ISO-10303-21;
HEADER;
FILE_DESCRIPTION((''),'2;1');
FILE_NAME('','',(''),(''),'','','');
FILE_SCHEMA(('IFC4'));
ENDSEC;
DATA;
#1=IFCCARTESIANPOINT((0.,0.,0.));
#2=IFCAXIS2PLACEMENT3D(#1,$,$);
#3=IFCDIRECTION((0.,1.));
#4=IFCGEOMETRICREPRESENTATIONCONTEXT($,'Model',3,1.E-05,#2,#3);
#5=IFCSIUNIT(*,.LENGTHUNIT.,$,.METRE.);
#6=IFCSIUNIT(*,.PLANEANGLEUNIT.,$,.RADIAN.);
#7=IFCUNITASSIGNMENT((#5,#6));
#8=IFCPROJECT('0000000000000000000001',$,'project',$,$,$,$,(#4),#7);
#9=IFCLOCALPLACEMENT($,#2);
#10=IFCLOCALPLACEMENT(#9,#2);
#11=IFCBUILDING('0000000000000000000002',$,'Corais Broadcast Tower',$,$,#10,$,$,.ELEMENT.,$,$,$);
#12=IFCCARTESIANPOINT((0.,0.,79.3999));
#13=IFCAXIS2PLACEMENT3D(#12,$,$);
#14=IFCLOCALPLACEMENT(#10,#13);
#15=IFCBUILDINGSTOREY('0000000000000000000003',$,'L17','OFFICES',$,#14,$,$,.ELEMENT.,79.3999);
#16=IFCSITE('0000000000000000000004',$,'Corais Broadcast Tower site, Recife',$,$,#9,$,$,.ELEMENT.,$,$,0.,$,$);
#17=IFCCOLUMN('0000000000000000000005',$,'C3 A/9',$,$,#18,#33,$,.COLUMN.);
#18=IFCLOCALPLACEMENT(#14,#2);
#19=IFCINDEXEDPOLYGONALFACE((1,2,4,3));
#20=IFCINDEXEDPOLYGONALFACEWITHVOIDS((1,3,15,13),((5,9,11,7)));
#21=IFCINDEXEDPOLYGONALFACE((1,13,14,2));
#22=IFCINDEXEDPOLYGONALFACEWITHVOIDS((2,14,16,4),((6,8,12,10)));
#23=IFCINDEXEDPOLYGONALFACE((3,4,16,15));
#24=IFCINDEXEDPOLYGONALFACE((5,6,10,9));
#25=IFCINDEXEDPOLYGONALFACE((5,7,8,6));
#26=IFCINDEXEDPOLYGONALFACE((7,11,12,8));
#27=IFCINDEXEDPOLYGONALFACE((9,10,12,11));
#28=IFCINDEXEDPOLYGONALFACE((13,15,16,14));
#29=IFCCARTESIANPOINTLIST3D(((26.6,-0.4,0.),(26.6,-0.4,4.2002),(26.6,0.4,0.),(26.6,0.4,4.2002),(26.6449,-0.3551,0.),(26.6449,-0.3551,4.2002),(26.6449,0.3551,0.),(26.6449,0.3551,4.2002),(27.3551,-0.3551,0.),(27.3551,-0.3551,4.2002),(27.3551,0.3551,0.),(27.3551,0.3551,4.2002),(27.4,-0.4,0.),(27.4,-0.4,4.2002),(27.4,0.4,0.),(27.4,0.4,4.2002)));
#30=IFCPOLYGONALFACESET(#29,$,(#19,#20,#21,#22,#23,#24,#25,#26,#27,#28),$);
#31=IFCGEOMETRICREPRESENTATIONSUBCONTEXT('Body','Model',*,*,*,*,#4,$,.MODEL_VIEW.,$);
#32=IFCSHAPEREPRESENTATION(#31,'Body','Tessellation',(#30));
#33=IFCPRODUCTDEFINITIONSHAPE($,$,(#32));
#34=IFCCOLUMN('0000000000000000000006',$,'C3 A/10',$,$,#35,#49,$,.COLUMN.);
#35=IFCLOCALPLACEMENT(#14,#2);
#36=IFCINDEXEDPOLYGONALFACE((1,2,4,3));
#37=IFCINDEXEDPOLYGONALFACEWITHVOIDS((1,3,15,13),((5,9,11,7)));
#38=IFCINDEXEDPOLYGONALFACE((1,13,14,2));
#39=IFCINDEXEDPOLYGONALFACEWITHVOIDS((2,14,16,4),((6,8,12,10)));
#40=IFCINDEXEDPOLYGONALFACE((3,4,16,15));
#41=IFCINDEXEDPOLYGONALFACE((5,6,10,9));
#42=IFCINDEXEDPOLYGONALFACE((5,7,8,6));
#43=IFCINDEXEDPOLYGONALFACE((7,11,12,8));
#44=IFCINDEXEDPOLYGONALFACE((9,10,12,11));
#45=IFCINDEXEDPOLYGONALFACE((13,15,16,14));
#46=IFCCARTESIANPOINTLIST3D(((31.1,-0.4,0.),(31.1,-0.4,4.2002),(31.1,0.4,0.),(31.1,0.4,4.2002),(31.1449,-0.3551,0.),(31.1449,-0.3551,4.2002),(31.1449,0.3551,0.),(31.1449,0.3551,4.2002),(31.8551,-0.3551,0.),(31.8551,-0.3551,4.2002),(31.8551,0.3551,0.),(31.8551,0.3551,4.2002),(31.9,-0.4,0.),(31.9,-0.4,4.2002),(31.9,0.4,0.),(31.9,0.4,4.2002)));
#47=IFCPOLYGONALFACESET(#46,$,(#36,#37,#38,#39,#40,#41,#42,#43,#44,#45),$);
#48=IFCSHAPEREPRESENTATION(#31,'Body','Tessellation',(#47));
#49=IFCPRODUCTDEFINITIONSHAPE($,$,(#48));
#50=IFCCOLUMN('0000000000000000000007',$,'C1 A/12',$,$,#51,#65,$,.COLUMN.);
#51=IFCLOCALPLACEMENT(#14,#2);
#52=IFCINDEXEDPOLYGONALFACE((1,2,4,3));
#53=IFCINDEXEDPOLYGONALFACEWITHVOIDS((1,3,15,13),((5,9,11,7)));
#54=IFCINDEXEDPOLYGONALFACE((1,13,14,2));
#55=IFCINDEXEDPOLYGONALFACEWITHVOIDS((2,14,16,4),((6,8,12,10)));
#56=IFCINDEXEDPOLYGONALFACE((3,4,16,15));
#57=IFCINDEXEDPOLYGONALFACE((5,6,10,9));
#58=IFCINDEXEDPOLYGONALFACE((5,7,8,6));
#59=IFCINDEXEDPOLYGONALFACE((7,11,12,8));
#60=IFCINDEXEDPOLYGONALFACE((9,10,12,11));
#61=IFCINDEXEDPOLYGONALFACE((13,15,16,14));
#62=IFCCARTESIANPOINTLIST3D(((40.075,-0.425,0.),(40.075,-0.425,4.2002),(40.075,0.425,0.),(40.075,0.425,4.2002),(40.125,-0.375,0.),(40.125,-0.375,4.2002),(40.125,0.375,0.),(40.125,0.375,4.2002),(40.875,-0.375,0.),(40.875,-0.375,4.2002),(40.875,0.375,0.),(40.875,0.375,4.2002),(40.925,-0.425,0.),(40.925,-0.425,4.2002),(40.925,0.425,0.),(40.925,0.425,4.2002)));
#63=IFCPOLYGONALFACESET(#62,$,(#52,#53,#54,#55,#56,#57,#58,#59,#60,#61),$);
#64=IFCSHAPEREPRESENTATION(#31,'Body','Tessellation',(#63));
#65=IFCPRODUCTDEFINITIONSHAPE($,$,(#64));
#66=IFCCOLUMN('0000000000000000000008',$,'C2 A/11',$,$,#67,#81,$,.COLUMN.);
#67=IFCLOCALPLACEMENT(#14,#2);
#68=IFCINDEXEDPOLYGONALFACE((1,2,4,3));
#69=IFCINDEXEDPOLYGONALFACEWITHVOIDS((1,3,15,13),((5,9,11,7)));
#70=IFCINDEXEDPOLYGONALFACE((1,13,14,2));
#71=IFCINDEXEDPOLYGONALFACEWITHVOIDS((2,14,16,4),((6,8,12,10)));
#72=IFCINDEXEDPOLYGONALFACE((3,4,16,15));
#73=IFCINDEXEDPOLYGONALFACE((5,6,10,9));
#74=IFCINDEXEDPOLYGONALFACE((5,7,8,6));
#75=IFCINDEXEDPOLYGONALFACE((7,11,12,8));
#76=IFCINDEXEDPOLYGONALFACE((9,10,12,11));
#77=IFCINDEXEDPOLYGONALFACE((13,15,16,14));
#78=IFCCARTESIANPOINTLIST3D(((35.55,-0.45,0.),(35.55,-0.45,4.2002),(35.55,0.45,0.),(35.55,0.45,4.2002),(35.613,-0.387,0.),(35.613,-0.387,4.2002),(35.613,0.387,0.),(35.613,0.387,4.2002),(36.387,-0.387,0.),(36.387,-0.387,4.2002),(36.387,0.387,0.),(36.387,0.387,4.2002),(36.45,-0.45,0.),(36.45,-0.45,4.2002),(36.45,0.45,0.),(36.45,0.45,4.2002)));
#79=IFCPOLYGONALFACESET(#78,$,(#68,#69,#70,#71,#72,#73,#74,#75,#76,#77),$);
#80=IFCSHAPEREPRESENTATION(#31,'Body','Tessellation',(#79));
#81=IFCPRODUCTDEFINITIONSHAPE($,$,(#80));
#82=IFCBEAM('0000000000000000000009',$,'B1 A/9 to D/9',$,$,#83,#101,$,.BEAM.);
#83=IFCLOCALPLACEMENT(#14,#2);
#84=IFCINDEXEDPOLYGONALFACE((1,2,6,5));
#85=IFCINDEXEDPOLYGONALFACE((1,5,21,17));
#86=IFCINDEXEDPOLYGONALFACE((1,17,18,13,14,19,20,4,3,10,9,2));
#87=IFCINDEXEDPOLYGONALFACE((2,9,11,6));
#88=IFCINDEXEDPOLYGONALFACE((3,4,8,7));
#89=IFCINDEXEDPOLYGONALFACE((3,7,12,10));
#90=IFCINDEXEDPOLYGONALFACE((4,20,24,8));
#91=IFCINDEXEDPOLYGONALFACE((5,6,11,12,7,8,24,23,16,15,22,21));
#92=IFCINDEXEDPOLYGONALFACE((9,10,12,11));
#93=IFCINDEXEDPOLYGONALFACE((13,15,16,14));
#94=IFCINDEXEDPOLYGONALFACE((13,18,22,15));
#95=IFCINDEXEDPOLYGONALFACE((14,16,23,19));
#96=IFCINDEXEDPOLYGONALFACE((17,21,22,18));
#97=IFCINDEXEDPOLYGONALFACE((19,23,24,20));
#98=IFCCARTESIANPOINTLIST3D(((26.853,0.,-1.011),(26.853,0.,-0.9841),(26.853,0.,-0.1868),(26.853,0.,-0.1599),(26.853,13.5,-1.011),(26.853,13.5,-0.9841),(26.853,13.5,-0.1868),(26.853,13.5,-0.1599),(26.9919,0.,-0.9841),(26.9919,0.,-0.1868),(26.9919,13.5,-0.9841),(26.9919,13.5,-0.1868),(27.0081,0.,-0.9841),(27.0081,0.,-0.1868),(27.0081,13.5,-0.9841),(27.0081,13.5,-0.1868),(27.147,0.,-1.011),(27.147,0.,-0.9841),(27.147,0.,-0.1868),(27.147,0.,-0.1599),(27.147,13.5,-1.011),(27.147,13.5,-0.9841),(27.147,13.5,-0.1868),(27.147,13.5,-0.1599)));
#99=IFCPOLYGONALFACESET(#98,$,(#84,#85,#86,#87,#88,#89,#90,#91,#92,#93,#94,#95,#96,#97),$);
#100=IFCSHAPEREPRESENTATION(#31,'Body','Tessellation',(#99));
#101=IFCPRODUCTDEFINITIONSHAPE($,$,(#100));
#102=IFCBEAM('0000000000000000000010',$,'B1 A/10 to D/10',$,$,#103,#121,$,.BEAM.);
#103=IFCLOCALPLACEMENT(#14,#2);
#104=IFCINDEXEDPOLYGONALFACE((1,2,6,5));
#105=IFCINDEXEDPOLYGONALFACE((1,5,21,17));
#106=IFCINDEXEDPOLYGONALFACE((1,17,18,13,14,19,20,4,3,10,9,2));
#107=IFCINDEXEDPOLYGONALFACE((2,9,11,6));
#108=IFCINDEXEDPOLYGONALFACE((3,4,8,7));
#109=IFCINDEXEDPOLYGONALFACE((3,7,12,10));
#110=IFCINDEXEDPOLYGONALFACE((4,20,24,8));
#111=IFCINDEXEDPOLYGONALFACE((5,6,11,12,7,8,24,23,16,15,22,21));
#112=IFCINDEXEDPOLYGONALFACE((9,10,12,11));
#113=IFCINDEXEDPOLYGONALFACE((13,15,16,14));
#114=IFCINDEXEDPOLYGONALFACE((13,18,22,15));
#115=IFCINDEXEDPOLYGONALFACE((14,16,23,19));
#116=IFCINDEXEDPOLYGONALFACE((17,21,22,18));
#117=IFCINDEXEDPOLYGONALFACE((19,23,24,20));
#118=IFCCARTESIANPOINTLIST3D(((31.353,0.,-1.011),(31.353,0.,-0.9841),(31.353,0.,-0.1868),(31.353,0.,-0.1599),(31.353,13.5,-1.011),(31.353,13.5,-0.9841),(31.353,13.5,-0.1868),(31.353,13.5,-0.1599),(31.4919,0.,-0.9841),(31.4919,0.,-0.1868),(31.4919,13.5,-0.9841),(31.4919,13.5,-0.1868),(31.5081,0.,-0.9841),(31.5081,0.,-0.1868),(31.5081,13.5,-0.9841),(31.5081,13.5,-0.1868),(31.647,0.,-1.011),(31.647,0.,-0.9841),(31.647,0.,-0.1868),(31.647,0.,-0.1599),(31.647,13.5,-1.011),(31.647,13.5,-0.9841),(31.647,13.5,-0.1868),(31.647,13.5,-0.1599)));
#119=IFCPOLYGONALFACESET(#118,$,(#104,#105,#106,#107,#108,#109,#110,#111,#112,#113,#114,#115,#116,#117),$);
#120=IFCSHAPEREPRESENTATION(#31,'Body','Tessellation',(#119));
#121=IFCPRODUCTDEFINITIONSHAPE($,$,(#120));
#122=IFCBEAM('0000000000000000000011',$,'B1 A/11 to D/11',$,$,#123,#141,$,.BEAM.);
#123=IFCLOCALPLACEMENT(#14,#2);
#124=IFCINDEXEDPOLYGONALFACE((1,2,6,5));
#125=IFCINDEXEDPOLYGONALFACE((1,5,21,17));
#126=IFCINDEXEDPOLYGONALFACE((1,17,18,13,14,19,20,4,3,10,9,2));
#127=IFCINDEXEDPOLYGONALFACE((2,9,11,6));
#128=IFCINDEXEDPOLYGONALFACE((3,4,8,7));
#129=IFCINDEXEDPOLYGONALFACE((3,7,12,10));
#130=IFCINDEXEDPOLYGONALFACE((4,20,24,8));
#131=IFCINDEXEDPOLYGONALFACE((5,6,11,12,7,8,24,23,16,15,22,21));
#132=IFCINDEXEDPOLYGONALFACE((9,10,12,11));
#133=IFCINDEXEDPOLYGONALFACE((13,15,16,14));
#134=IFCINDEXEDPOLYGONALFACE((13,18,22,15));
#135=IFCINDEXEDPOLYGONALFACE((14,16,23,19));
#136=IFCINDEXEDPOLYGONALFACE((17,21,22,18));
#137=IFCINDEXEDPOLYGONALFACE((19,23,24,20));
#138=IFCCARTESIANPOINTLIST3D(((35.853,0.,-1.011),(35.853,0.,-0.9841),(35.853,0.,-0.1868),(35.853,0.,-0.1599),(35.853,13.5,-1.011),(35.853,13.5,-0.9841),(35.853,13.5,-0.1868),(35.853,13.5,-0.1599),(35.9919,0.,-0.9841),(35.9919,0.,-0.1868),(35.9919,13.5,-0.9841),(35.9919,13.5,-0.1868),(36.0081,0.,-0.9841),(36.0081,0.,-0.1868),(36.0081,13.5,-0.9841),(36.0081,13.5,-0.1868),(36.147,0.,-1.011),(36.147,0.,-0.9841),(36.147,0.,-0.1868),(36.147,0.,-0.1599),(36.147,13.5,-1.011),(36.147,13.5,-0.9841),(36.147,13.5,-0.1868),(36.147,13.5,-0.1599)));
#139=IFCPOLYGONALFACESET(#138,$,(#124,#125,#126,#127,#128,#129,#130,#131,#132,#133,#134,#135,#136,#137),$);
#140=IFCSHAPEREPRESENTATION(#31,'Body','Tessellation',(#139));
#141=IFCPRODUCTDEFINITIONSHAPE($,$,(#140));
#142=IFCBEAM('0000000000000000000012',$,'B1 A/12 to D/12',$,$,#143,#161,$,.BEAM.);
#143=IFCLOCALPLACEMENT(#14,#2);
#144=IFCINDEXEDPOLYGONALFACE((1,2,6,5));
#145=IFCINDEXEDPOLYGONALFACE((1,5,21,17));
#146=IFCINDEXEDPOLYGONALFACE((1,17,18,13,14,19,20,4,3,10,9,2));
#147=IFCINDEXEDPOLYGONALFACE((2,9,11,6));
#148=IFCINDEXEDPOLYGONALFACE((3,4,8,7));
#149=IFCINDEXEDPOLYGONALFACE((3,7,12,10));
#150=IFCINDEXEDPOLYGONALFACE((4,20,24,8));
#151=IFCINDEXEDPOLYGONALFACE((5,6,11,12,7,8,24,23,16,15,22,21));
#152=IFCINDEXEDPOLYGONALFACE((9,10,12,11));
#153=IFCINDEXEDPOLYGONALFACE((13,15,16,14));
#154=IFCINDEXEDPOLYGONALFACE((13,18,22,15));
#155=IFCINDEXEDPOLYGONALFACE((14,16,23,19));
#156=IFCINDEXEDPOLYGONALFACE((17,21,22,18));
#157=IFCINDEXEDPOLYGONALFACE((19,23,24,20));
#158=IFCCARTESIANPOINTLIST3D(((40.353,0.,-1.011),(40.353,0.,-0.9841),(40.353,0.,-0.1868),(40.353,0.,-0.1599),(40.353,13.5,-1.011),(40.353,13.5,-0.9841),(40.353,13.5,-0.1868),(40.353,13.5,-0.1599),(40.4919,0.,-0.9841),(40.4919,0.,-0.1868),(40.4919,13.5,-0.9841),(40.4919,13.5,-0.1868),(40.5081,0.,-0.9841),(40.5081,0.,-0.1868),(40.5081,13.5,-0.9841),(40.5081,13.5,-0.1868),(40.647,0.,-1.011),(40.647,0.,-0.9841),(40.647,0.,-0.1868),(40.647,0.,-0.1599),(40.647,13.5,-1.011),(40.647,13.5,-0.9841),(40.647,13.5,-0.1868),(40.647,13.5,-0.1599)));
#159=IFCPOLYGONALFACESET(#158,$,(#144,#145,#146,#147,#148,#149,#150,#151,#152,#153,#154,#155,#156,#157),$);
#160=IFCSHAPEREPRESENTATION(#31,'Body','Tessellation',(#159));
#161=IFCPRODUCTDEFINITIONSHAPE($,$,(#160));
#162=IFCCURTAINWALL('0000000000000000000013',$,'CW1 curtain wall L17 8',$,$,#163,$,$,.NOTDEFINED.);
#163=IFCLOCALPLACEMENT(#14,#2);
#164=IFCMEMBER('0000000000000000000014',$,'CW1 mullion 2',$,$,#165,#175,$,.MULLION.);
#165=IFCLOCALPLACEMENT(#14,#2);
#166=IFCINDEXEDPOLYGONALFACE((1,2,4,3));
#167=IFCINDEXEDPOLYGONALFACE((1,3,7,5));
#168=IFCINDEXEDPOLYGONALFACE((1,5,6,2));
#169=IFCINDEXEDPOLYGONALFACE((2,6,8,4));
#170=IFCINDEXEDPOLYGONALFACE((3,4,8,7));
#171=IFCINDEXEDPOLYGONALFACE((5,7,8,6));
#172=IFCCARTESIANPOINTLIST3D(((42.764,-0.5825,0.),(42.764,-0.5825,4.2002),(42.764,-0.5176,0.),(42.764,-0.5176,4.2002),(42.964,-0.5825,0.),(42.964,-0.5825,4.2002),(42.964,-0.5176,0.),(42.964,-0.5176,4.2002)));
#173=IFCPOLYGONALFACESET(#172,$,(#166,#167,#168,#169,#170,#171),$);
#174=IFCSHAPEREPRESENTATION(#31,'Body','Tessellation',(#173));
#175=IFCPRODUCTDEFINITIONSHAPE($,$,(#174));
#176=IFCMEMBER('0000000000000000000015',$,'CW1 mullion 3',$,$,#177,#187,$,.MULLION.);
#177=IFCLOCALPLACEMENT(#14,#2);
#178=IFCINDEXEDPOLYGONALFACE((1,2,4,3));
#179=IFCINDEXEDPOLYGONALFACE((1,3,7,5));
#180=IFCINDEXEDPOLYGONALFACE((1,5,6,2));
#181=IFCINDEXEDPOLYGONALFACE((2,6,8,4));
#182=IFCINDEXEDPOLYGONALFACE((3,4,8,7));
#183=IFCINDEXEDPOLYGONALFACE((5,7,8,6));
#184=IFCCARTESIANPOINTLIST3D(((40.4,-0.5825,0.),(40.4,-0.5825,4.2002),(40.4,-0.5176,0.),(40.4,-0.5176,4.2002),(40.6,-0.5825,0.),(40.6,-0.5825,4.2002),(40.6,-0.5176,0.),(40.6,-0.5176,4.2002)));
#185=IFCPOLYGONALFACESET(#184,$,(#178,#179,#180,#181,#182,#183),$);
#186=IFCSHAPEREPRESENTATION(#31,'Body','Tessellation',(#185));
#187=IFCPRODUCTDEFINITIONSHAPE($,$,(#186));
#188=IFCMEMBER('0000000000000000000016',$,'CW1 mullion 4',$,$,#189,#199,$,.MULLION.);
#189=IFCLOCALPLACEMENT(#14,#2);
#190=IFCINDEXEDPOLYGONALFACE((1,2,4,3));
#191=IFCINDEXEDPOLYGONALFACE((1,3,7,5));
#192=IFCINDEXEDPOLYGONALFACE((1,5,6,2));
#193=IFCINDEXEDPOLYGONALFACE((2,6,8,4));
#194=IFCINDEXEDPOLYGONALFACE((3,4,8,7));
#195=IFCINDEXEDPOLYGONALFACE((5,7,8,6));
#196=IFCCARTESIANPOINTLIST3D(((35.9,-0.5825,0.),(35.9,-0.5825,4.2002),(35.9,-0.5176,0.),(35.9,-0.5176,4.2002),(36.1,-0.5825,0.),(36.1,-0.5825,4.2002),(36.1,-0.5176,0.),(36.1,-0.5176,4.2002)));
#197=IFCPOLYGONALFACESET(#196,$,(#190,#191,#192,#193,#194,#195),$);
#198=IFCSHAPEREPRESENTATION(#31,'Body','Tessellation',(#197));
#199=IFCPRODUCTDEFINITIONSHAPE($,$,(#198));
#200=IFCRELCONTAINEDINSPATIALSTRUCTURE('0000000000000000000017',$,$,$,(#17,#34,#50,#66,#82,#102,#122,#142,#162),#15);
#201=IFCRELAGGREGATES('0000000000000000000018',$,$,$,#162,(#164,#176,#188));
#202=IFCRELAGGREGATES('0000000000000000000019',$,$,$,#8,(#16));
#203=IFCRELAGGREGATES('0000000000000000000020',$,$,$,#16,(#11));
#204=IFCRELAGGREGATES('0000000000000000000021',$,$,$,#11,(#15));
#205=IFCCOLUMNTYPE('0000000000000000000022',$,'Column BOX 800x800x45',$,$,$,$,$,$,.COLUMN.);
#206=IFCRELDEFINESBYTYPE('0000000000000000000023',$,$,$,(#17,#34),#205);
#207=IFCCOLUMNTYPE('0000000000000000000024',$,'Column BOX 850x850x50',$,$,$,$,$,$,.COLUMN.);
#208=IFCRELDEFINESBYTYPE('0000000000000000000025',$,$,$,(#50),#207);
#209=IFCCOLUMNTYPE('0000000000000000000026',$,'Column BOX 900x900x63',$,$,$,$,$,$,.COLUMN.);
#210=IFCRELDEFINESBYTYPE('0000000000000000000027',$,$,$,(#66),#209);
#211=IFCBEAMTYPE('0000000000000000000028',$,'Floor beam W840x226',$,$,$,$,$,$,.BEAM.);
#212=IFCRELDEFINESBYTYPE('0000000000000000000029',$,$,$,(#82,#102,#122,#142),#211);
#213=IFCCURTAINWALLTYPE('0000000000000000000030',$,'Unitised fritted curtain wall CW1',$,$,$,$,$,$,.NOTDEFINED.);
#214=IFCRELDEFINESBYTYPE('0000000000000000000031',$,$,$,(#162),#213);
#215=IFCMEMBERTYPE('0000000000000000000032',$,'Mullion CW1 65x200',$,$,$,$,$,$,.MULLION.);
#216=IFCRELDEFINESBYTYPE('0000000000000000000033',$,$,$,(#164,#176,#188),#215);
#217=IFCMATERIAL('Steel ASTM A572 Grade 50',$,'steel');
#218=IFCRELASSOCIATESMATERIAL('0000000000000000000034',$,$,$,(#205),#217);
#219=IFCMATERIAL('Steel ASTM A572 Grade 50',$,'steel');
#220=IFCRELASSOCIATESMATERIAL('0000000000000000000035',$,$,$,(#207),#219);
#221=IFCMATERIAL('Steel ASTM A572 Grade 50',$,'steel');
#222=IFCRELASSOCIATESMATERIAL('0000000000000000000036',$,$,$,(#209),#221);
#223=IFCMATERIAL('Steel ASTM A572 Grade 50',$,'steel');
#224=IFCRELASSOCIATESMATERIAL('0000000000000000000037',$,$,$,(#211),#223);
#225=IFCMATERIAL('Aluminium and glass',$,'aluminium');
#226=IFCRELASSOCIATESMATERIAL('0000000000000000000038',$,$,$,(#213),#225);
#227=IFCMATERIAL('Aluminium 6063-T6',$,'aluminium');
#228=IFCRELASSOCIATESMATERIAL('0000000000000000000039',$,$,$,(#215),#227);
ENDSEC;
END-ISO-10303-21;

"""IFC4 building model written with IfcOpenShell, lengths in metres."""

from ifc_helpers import new_model, si_unit, direction, frame, origin, origin_2d, place, context, subcontext, project, spatial, rectangle, hollow_rectangle, i_section, extrude, material, material_profile, profile_set, type_object, element, aggregate, save


model = new_model("IFC4")

# Units and contexts
model_context = context("Model", 3, precision=1e-05, world=origin(), true_north=direction((0.0, 1.0)))
body_context = subcontext(model_context, "Body", "Model", "MODEL_VIEW")
ifc_project = project(units=[si_unit("LENGTHUNIT", "METRE"), si_unit("PLANEANGLEUNIT", "RADIAN")], contexts=[model_context])

# Site, building, storey
site_placement = place(None, origin())
site = spatial("IfcSite", under=ifc_project, at=site_placement, Name="Corais Broadcast Tower site, Recife", CompositionType="ELEMENT", RefElevation=0.0)
building_placement = place(site_placement, origin())
building = spatial("IfcBuilding", under=site, at=building_placement, Name="Corais Broadcast Tower", CompositionType="ELEMENT")
storey_placement = place(building_placement, frame((0.0, 0.0, 79.3999)))
storey = spatial("IfcBuildingStorey", under=building, at=storey_placement, Name="L17", Description="OFFICES", CompositionType="ELEMENT", Elevation=79.3999)

# Columns
ifc_material_1 = material(Name="Steel ASTM A572 Grade 50", Category="steel")
ifc_material_profile_1 = material_profile(ifc_material_1, hollow_rectangle(XDim=0.8, YDim=0.8, WallThickness=0.0449, at=origin_2d()), Name="BOX 800x800x45")
ifc_profile_set_1 = profile_set([ifc_material_profile_1], Name="Steel ASTM A572 Grade 50")
column_type_1 = type_object("IfcColumnType", Name="Column BOX 800x800x45", PredefinedType="COLUMN", material=ifc_profile_set_1)
for number, where, z_axis, x_axis, name in (
    (1, (27.0, 0.0, 0.0), (0.0, 0.0, 1.0), (1.0, 0.0, 0.0), "C3 A/9"),
    (2, (31.5, 0.0, 0.0), (0.0, 0.0, 1.0), (1.0, 0.0, 0.0), "C3 A/10"),
):
    element("IfcColumn", number, at=place(storey_placement, frame(where, z_axis=z_axis, x_axis=x_axis)), inside=storey, type_object=column_type_1, Name=name, PredefinedType="COLUMN", context=body_context, shape_type="SweptSolid", body=[
        extrude(hollow_rectangle(XDim=0.8, YDim=0.8, WallThickness=0.0449, at=origin_2d()), origin(), (0.0, 0.0, 1.0), 4.2002),
    ])
ifc_material_2 = material(Name="Steel ASTM A572 Grade 50", Category="steel")
ifc_material_profile_2 = material_profile(ifc_material_2, hollow_rectangle(XDim=0.8501, YDim=0.8501, WallThickness=0.05, at=origin_2d()), Name="BOX 850x850x50")
ifc_profile_set_2 = profile_set([ifc_material_profile_2], Name="Steel ASTM A572 Grade 50")
column_type_2 = type_object("IfcColumnType", Name="Column BOX 850x850x50", PredefinedType="COLUMN", material=ifc_profile_set_2)
column_1_placement = place(storey_placement, frame((40.5, 0.0, 0.0), z_axis=(0.0, 0.0, 1.0), x_axis=(1.0, 0.0, 0.0)))
element("IfcColumn", 3, at=column_1_placement, inside=storey, type_object=column_type_2, Name="C1 A/12", PredefinedType="COLUMN", context=body_context, shape_type="SweptSolid", body=[
    extrude(hollow_rectangle(XDim=0.8501, YDim=0.8501, WallThickness=0.05, at=origin_2d()), origin(), (0.0, 0.0, 1.0), 4.2002),
])
ifc_material_3 = material(Name="Steel ASTM A572 Grade 50", Category="steel")
ifc_material_profile_3 = material_profile(ifc_material_3, hollow_rectangle(XDim=0.8999, YDim=0.8999, WallThickness=0.063, at=origin_2d()), Name="BOX 900x900x63")
ifc_profile_set_3 = profile_set([ifc_material_profile_3], Name="Steel ASTM A572 Grade 50")
column_type_3 = type_object("IfcColumnType", Name="Column BOX 900x900x63", PredefinedType="COLUMN", material=ifc_profile_set_3)
column_2_placement = place(storey_placement, frame((36.0, 0.0, 0.0), z_axis=(0.0, 0.0, 1.0), x_axis=(1.0, 0.0, 0.0)))
element("IfcColumn", 4, at=column_2_placement, inside=storey, type_object=column_type_3, Name="C2 A/11", PredefinedType="COLUMN", context=body_context, shape_type="SweptSolid", body=[
    extrude(hollow_rectangle(XDim=0.8999, YDim=0.8999, WallThickness=0.063, at=origin_2d()), origin(), (0.0, 0.0, 1.0), 4.2002),
])

# Beams
ifc_material_4 = material(Name="Steel ASTM A572 Grade 50", Category="steel")
ifc_material_profile_4 = material_profile(ifc_material_4, i_section(OverallWidth=0.2939, OverallDepth=0.8511, WebThickness=0.0161, FlangeThickness=0.0269, at=origin_2d()), Name="W840x226")
ifc_profile_set_4 = profile_set([ifc_material_profile_4], Name="Steel ASTM A572 Grade 50")
beam_type_1 = type_object("IfcBeamType", Name="Floor beam W840x226", PredefinedType="BEAM", material=ifc_profile_set_4)
for number, where, z_axis, x_axis, name in (
    (5, (27.0, 0.0, -0.5854), (0.0, 1.0, 0.0), (-1.0, 0.0, 0.0), "B1 A/9 to D/9"),
    (6, (31.5, 0.0, -0.5854), (0.0, 1.0, 0.0), (-1.0, 0.0, 0.0), "B1 A/10 to D/10"),
    (7, (36.0, 0.0, -0.5854), (0.0, 1.0, 0.0), (-1.0, 0.0, 0.0), "B1 A/11 to D/11"),
    (8, (40.5, 0.0, -0.5854), (0.0, 1.0, 0.0), (-1.0, 0.0, 0.0), "B1 A/12 to D/12"),
):
    element("IfcBeam", number, at=place(storey_placement, frame(where, z_axis=z_axis, x_axis=x_axis)), inside=storey, type_object=beam_type_1, Name=name, PredefinedType="BEAM", context=body_context, shape_type="SweptSolid", body=[
        extrude(i_section(OverallWidth=0.2939, OverallDepth=0.8511, WebThickness=0.0161, FlangeThickness=0.0269, at=origin_2d()), origin(), (0.0, 0.0, 1.0), 13.5),
    ])

# Curtain wall, members
ifc_material_5 = material(Name="Aluminium and glass", Category="aluminium")
curtain_wall_type = type_object("IfcCurtainWallType", Name="Unitised fritted curtain wall CW1", PredefinedType="NOTDEFINED", material=ifc_material_5)
curtain_wall_placement = place(storey_placement, origin())
curtain_wall = element("IfcCurtainWall", 9, at=curtain_wall_placement, inside=storey, type_object=curtain_wall_type, Name="CW1 curtain wall L17 8", PredefinedType="NOTDEFINED")
ifc_material_6 = material(Name="Aluminium 6063-T6", Category="aluminium")
ifc_material_profile_5 = material_profile(ifc_material_6, rectangle(XDim=0.0649, YDim=0.2, at=origin_2d()), Name="Mullion CW1 65x200")
ifc_profile_set_5 = profile_set([ifc_material_profile_5], Name="Aluminium 6063-T6")
member_type_1 = type_object("IfcMemberType", Name="Mullion CW1 65x200", PredefinedType="MULLION", material=ifc_profile_set_5)
member_1_placement = place(storey_placement, frame((42.864, -0.55, 0.0), z_axis=(0.0, 0.0, 1.0), x_axis=(0.0, -1.0, 0.0)))
member_1 = element("IfcMember", 10, at=member_1_placement, type_object=member_type_1, Name="CW1 mullion 2", PredefinedType="MULLION", context=body_context, shape_type="SweptSolid", body=[
    extrude(rectangle(XDim=0.0649, YDim=0.2, at=origin_2d()), origin(), (0.0, 0.0, 1.0), 4.2002),
])
member_2_placement = place(storey_placement, frame((40.5, -0.55, 0.0), z_axis=(0.0, 0.0, 1.0), x_axis=(0.0, -1.0, 0.0)))
member_2 = element("IfcMember", 11, at=member_2_placement, type_object=member_type_1, Name="CW1 mullion 3", PredefinedType="MULLION", context=body_context, shape_type="SweptSolid", body=[
    extrude(rectangle(XDim=0.0649, YDim=0.2, at=origin_2d()), origin(), (0.0, 0.0, 1.0), 4.2002),
])
member_3_placement = place(storey_placement, frame((36.0, -0.55, 0.0), z_axis=(0.0, 0.0, 1.0), x_axis=(0.0, -1.0, 0.0)))
member_3 = element("IfcMember", 12, at=member_3_placement, type_object=member_type_1, Name="CW1 mullion 4", PredefinedType="MULLION", context=body_context, shape_type="SweptSolid", body=[
    extrude(rectangle(XDim=0.0649, YDim=0.2, at=origin_2d()), origin(), (0.0, 0.0, 1.0), 4.2002),
])

aggregate(curtain_wall, [member_1, member_2, member_3])

save(model, "model.ifc")
